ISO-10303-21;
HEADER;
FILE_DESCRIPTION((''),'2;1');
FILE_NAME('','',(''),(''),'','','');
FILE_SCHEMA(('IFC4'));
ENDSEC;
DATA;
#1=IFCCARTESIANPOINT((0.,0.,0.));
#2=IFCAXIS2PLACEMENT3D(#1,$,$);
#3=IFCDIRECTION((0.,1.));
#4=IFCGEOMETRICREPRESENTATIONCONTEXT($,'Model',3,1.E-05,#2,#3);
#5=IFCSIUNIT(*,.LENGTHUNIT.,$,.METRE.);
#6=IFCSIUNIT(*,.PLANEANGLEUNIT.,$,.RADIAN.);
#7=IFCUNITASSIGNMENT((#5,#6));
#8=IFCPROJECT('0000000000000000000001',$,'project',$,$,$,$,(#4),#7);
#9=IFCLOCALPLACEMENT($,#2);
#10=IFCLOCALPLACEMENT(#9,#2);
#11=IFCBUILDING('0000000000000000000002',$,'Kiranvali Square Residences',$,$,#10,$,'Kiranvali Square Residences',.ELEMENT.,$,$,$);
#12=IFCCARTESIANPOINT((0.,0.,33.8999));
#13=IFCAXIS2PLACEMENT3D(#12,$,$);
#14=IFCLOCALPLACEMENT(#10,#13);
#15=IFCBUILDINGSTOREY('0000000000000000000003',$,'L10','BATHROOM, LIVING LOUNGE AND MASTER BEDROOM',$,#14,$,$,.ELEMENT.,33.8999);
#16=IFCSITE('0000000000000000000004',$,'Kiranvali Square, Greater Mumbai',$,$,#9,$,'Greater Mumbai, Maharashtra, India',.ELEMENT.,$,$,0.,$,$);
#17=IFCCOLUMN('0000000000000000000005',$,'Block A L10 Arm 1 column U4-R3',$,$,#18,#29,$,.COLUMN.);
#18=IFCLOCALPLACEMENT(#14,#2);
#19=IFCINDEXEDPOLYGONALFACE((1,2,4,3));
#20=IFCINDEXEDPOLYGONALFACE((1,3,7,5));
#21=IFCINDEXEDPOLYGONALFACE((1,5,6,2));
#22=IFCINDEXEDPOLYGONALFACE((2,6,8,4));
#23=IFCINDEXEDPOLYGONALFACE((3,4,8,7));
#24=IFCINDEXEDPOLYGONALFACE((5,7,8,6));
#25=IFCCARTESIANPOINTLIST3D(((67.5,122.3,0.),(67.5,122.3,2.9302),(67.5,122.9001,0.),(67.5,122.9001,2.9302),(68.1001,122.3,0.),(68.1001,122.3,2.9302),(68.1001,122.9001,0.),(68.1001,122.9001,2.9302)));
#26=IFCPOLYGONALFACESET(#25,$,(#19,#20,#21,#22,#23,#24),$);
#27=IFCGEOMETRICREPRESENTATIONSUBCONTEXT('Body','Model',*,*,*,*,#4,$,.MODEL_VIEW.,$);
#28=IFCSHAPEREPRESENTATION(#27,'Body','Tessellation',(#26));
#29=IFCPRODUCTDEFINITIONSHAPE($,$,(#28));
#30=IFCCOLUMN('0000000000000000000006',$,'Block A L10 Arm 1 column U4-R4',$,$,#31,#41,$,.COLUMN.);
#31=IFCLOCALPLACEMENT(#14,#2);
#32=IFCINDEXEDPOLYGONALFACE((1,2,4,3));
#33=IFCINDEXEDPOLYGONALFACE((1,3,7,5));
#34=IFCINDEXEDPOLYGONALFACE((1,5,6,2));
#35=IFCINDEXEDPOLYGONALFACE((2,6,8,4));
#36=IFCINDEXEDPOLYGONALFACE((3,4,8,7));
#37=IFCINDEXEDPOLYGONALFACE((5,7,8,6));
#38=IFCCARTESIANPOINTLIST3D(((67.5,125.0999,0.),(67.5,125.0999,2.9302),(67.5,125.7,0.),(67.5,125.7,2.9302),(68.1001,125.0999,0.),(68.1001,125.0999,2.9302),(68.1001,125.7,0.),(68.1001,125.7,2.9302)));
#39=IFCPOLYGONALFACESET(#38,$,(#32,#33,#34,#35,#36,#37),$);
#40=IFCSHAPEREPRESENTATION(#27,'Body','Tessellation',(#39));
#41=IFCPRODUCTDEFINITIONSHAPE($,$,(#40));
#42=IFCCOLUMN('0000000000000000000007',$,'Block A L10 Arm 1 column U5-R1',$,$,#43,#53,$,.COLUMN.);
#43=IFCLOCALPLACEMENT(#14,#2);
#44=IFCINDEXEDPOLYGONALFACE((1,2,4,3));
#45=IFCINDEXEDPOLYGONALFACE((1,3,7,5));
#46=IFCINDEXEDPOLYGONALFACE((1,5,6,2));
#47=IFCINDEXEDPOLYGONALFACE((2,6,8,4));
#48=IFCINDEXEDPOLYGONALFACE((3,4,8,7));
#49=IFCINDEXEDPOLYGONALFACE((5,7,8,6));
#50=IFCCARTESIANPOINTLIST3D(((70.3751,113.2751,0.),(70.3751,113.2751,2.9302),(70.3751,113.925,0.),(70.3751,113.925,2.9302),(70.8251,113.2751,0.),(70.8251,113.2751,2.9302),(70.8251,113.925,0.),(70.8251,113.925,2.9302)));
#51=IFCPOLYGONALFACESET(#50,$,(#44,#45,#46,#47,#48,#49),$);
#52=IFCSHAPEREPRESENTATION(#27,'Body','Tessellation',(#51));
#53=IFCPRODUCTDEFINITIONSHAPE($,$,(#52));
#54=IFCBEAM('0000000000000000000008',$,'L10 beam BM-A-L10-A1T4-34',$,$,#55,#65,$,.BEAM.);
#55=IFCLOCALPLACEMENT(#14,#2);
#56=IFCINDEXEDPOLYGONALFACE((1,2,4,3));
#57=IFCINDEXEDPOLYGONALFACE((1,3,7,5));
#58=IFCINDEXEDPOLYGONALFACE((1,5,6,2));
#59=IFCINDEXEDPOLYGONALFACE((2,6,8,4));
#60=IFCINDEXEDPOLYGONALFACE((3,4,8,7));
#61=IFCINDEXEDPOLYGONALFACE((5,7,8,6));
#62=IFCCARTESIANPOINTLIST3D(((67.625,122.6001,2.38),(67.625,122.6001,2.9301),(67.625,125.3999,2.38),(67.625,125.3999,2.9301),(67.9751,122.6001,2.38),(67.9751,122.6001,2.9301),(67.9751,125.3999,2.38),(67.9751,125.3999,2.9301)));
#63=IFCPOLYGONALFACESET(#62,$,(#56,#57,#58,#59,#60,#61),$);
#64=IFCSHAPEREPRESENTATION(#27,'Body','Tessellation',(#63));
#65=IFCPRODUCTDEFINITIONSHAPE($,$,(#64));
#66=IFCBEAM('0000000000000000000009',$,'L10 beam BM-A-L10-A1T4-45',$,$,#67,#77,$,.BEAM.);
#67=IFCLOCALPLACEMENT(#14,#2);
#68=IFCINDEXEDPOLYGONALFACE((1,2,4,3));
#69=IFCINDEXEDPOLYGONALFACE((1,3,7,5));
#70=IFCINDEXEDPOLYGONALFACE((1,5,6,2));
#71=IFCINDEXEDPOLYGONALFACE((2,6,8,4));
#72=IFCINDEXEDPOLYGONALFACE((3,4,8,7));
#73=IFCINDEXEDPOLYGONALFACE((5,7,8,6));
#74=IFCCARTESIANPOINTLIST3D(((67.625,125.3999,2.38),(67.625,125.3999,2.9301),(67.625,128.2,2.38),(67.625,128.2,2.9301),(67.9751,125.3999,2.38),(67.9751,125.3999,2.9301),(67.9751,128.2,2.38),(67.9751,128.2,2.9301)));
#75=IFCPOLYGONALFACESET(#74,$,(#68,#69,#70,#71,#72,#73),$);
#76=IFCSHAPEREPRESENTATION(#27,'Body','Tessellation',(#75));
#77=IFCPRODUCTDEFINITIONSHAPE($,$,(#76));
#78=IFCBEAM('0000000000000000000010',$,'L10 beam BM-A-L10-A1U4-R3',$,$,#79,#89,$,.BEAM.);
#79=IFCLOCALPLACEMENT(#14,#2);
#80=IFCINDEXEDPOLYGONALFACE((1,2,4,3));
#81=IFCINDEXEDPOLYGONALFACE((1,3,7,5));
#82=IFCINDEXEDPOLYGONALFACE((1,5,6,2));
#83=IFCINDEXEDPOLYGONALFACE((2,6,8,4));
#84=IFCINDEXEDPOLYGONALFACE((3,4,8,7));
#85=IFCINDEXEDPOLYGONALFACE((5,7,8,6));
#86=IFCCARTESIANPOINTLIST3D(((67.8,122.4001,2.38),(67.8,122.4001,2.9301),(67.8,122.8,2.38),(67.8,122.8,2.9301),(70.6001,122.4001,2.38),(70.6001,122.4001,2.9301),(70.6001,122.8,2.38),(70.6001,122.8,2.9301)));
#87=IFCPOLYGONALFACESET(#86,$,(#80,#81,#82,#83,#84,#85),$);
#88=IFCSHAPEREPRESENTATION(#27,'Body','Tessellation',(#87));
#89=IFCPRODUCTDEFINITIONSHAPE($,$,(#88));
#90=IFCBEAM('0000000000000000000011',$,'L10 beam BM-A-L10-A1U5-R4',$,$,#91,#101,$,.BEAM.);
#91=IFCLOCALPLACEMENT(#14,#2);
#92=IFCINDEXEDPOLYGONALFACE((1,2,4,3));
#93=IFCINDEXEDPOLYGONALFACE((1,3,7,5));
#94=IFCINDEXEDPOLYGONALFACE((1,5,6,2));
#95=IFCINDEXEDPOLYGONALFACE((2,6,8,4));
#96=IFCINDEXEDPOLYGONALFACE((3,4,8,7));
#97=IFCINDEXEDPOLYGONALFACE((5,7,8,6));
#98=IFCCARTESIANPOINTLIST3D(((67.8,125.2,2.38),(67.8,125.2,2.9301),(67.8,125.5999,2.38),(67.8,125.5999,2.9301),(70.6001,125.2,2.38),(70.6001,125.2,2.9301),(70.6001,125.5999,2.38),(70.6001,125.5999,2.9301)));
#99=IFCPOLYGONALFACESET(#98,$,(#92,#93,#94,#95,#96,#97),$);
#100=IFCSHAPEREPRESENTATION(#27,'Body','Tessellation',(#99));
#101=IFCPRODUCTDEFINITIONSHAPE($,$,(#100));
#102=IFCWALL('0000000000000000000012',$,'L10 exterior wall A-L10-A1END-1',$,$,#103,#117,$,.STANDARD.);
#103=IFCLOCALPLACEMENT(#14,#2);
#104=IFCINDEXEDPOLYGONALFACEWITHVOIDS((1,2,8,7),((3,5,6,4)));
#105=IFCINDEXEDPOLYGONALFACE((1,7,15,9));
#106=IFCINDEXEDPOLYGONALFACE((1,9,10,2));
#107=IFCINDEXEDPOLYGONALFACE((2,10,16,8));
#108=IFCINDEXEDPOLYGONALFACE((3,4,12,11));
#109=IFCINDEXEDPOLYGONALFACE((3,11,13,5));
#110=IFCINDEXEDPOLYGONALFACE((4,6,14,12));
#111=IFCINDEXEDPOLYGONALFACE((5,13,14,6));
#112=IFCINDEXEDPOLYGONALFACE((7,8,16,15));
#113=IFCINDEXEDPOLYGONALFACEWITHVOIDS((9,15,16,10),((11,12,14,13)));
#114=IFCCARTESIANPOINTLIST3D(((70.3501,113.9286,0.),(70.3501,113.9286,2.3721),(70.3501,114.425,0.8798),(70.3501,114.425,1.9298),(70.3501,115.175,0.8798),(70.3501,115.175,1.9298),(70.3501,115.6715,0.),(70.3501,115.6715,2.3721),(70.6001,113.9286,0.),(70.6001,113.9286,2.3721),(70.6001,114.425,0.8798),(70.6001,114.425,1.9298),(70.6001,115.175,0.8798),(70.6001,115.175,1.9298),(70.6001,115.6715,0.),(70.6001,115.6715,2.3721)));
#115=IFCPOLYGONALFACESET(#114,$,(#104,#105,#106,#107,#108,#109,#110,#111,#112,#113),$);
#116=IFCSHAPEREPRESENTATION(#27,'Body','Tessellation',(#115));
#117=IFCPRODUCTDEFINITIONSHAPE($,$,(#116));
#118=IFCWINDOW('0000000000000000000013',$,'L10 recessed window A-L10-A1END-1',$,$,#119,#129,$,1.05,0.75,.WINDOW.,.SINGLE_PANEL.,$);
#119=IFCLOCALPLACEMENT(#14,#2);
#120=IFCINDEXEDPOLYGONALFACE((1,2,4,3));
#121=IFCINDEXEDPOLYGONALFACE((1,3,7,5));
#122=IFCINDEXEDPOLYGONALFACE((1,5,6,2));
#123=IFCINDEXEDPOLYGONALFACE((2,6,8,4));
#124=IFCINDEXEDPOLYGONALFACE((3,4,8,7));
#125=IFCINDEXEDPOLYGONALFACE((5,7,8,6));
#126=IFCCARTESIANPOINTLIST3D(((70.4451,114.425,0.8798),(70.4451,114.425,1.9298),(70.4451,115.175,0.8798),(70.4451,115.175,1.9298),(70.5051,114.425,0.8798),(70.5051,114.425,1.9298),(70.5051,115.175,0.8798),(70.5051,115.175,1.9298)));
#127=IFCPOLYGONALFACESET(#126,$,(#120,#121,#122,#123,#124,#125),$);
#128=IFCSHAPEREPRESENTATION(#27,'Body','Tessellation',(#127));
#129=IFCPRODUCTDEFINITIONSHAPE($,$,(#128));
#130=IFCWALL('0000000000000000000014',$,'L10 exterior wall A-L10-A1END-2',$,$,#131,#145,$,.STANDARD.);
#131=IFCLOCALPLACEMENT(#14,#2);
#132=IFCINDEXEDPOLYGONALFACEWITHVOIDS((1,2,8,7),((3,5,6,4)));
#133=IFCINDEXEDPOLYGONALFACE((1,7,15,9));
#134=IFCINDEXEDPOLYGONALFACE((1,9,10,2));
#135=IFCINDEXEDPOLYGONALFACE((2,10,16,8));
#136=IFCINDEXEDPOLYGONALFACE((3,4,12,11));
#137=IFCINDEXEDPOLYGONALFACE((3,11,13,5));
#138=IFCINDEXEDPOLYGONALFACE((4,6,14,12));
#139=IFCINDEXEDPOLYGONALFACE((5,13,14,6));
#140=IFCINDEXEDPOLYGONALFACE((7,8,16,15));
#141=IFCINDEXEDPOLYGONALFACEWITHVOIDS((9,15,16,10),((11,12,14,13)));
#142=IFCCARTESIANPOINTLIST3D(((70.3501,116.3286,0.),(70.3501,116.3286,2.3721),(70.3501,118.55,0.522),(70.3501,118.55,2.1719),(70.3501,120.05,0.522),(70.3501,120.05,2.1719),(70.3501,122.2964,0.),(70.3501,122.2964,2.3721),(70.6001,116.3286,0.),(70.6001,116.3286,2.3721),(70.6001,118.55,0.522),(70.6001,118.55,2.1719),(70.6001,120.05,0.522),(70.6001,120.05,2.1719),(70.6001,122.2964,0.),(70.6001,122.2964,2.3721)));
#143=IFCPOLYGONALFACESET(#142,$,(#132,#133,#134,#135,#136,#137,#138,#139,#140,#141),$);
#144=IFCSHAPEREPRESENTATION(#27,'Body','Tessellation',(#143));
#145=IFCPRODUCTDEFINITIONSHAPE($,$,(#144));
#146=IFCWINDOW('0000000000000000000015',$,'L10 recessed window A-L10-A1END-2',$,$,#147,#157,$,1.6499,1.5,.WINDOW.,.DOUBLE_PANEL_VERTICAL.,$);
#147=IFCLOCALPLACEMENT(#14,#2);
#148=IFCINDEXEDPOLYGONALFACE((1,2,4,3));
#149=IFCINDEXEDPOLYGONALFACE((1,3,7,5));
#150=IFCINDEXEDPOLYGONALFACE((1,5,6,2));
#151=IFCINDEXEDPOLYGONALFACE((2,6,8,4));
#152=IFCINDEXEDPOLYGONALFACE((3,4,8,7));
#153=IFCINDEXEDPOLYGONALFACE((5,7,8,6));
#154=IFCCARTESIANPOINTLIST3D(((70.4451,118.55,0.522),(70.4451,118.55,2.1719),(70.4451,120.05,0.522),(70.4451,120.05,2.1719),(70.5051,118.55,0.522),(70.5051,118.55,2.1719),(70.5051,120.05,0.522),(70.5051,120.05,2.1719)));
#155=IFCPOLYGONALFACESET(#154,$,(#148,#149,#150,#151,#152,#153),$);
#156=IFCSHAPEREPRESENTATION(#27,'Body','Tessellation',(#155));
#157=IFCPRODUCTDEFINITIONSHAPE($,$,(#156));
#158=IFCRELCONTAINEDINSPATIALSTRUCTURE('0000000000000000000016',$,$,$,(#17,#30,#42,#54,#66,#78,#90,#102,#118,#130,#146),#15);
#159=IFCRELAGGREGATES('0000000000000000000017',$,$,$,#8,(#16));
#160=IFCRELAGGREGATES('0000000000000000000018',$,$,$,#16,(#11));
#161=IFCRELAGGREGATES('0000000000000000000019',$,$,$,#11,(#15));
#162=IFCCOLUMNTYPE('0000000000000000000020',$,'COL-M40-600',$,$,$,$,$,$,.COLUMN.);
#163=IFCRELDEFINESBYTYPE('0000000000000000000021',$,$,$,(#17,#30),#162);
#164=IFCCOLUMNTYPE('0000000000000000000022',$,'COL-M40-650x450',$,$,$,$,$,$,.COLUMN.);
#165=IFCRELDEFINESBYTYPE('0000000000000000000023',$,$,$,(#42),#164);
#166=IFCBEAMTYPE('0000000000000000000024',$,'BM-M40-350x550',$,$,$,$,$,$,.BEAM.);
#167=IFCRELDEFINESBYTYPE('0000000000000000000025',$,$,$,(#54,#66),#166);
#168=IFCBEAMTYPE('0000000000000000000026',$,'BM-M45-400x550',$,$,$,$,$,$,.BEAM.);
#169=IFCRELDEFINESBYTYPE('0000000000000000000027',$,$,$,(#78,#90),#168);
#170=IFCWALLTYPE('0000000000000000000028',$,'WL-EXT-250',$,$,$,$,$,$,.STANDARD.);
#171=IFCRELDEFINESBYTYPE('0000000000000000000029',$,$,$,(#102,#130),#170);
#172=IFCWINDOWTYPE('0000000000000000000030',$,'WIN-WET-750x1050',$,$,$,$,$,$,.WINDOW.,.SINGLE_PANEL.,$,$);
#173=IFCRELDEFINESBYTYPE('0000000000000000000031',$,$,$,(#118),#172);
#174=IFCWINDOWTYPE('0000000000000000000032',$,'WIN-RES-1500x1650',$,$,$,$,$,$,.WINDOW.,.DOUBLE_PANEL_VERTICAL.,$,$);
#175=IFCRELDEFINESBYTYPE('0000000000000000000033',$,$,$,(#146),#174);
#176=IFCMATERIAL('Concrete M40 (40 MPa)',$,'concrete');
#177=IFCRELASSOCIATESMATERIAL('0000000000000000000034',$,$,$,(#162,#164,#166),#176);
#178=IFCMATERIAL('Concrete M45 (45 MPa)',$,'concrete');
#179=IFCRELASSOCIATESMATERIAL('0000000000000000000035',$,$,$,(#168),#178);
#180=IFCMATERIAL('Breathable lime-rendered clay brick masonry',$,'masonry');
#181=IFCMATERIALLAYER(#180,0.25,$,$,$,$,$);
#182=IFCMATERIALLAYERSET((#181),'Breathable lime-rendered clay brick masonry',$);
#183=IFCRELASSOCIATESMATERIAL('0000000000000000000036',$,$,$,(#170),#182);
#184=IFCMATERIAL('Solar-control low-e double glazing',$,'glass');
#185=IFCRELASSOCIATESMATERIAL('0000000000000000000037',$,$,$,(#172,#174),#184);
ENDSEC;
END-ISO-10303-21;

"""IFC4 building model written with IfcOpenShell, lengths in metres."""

from ifc_helpers import new_model, si_unit, direction, frame, frame_2d, origin, origin_2d, place, context, subcontext, project, spatial, rectangle, extrude, material, layer, layer_set, material_profile, profile_set, type_object, element, fill, save


model = new_model("IFC4")

# Units and contexts
model_context = context("Model", 3, precision=1e-05, world=origin(), true_north=direction((0.0, 1.0)))
body_context = subcontext(model_context, "Body", "Model", "MODEL_VIEW")
ifc_project = project(units=[si_unit("LENGTHUNIT", "METRE"), si_unit("PLANEANGLEUNIT", "RADIAN")], contexts=[model_context])

# Site, building, storey
site_placement = place(None, origin())
site = spatial("IfcSite", under=ifc_project, at=site_placement, Name="Kiranvali Square, Greater Mumbai", LongName="Greater Mumbai, Maharashtra, India", CompositionType="ELEMENT", RefElevation=0.0)
building_placement = place(site_placement, origin())
building = spatial("IfcBuilding", under=site, at=building_placement, Name="Kiranvali Square Residences", LongName="Kiranvali Square Residences", CompositionType="ELEMENT")
storey_placement = place(building_placement, frame((0.0, 0.0, 33.8999)))
storey = spatial("IfcBuildingStorey", under=building, at=storey_placement, Name="L10", Description="BATHROOM, LIVING LOUNGE AND MASTER BEDROOM", CompositionType="ELEMENT", Elevation=33.8999)

# Columns
ifc_material_1 = material(Name="Concrete M40 (40 MPa)", Category="concrete")
ifc_material_profile_1 = material_profile(ifc_material_1, rectangle(XDim=0.6001, YDim=0.6001, at=origin_2d()), Name="RC 600x600")
ifc_profile_set_1 = profile_set([ifc_material_profile_1], Name="Concrete M40 (40 MPa)")
column_type_1 = type_object("IfcColumnType", Name="COL-M40-600", PredefinedType="COLUMN", material=ifc_profile_set_1)
for number, where, z_axis, x_axis, name in (
    (1, (67.8, 122.6001, 0.0), (0.0, 0.0, 1.0), (1.0, 0.0, 0.0), "Block A L10 Arm 1 column U4-R3"),
    (2, (67.8, 125.3999, 0.0), (0.0, 0.0, 1.0), (1.0, 0.0, 0.0), "Block A L10 Arm 1 column U4-R4"),
):
    element("IfcColumn", number, at=place(storey_placement, frame(where, z_axis=z_axis, x_axis=x_axis)), inside=storey, type_object=column_type_1, Name=name, PredefinedType="COLUMN", context=body_context, shape_type="SweptSolid", body=[
        extrude(rectangle(XDim=0.6001, YDim=0.6001, at=origin_2d()), origin(), (0.0, 0.0, 1.0), 2.9302),
    ])
ifc_material_profile_2 = material_profile(ifc_material_1, rectangle(XDim=0.45, YDim=0.6499, at=origin_2d()), Name="RC 650x450")
ifc_profile_set_2 = profile_set([ifc_material_profile_2], Name="Concrete M40 (40 MPa)")
column_type_2 = type_object("IfcColumnType", Name="COL-M40-650x450", PredefinedType="COLUMN", material=ifc_profile_set_2)
column_placement = place(storey_placement, frame((70.6001, 113.6001, 0.0), z_axis=(0.0, 0.0, 1.0), x_axis=(1.0, 0.0, 0.0)))
element("IfcColumn", 3, at=column_placement, inside=storey, type_object=column_type_2, Name="Block A L10 Arm 1 column U5-R1", PredefinedType="COLUMN", context=body_context, shape_type="SweptSolid", body=[
    extrude(rectangle(XDim=0.45, YDim=0.6499, at=origin_2d()), origin(), (0.0, 0.0, 1.0), 2.9302),
])

# Beams
ifc_material_profile_3 = material_profile(ifc_material_1, rectangle(XDim=0.3501, YDim=0.55, at=origin_2d()), Name="RC 350x550")
ifc_profile_set_3 = profile_set([ifc_material_profile_3], Name="Concrete M40 (40 MPa)")
beam_type_1 = type_object("IfcBeamType", Name="BM-M40-350x550", PredefinedType="BEAM", material=ifc_profile_set_3)
beam_1_placement = place(storey_placement, frame((67.8, 122.6001, 2.655), z_axis=(0.0, 1.0, 0.0), x_axis=(-1.0, 0.0, 0.0)))
element("IfcBeam", 4, at=beam_1_placement, inside=storey, type_object=beam_type_1, Name="L10 beam BM-A-L10-A1T4-34", PredefinedType="BEAM", context=body_context, shape_type="SweptSolid", body=[
    extrude(rectangle(XDim=0.3501, YDim=0.55, at=origin_2d()), origin(), (0.0, 0.0, 1.0), 2.7998),
])
beam_2_placement = place(storey_placement, frame((67.8, 125.3999, 2.655), z_axis=(0.0, 1.0, 0.0), x_axis=(-1.0, 0.0, 0.0)))
element("IfcBeam", 5, at=beam_2_placement, inside=storey, type_object=beam_type_1, Name="L10 beam BM-A-L10-A1T4-45", PredefinedType="BEAM", context=body_context, shape_type="SweptSolid", body=[
    extrude(rectangle(XDim=0.3501, YDim=0.55, at=origin_2d()), origin(), (0.0, 0.0, 1.0), 2.8),
])
ifc_material_2 = material(Name="Concrete M45 (45 MPa)", Category="concrete")
ifc_material_profile_4 = material_profile(ifc_material_2, rectangle(XDim=0.3999, YDim=0.55, at=origin_2d()), Name="RC 400x550")
ifc_profile_set_4 = profile_set([ifc_material_profile_4], Name="Concrete M45 (45 MPa)")
beam_type_2 = type_object("IfcBeamType", Name="BM-M45-400x550", PredefinedType="BEAM", material=ifc_profile_set_4)
for number, where, z_axis, x_axis, name in (
    (6, (67.8, 122.6001, 2.655), (1.0, 0.0, 0.0), (0.0, 1.0, 0.0), "L10 beam BM-A-L10-A1U4-R3"),
    (7, (67.8, 125.3999, 2.655), (1.0, 0.0, 0.0), (0.0, 1.0, 0.0), "L10 beam BM-A-L10-A1U5-R4"),
):
    element("IfcBeam", number, at=place(storey_placement, frame(where, z_axis=z_axis, x_axis=x_axis)), inside=storey, type_object=beam_type_2, Name=name, PredefinedType="BEAM", context=body_context, shape_type="SweptSolid", body=[
        extrude(rectangle(XDim=0.3999, YDim=0.55, at=origin_2d()), origin(), (0.0, 0.0, 1.0), 2.8),
    ])

# Walls, openings, windows
ifc_material_3 = material(Name="Breathable lime-rendered clay brick masonry", Category="masonry")
ifc_layer_1 = layer(ifc_material_3, 0.25)
ifc_layer_set_1 = layer_set([ifc_layer_1], Name="Breathable lime-rendered clay brick masonry")
wall_type_1 = type_object("IfcWallType", Name="WL-EXT-250", PredefinedType="STANDARD", material=ifc_layer_set_1)
wall_1_placement = place(storey_placement, frame((70.4751, 113.9285, 0.0), z_axis=(0.0, 0.0, 1.0), x_axis=(0.0, 1.0, 0.0)))
wall_1 = element("IfcWall", 8, at=wall_1_placement, inside=storey, type_object=wall_type_1, Name="L10 exterior wall A-L10-A1END-1", PredefinedType="STANDARD", context=body_context, shape_type="SweptSolid", body=[
    extrude(rectangle(XDim=1.7429, YDim=0.25, at=frame_2d((0.8716, 0.0))), origin(), (0.0, 0.0, 1.0), 2.3721),
])
opening_1_placement = place(wall_1_placement, frame((0.4966, 0.0, 0.8799)))
opening_1 = element("IfcOpeningElement", 9, at=opening_1_placement, cuts=wall_1, PredefinedType="OPENING", context=body_context, shape_type="SweptSolid", body=[
    extrude(rectangle(XDim=0.75, YDim=1.05, at=frame_2d((0.375, 0.5249))), frame((0.0, 0.135, 0.0), z_axis=(0.0, -1.0, 0.0), x_axis=(1.0, 0.0, 0.0)), (0.0, 0.0, 1.0), 0.27),
])
ifc_material_4 = material(Name="Solar-control low-e double glazing", Category="glass")
window_type_1 = type_object("IfcWindowType", Name="WIN-WET-750x1050", PartitioningType="SINGLE_PANEL", PredefinedType="WINDOW", material=ifc_material_4)
window_1_placement = place(opening_1_placement, origin())
window_1 = element("IfcWindow", 10, at=window_1_placement, inside=storey, type_object=window_type_1, Name="L10 recessed window A-L10-A1END-1", OverallHeight=1.05, OverallWidth=0.75, PartitioningType="SINGLE_PANEL", PredefinedType="WINDOW", context=body_context, shape_type="SweptSolid", body=[
    extrude(rectangle(XDim=0.75, YDim=1.05, at=frame_2d((0.375, 0.5249))), frame((0.0, 0.03, 0.0), z_axis=(0.0, -1.0, 0.0), x_axis=(1.0, 0.0, 0.0)), (0.0, 0.0, 1.0), 0.0601),
])
fill(opening_1, window_1)
wall_2_placement = place(storey_placement, frame((70.4751, 116.3286, 0.0), z_axis=(0.0, 0.0, 1.0), x_axis=(0.0, 1.0, 0.0)))
wall_2 = element("IfcWall", 11, at=wall_2_placement, inside=storey, type_object=wall_type_1, Name="L10 exterior wall A-L10-A1END-2", PredefinedType="STANDARD", context=body_context, shape_type="SweptSolid", body=[
    extrude(rectangle(XDim=5.9678, YDim=0.25, at=frame_2d((2.9839, 0.0))), origin(), (0.0, 0.0, 1.0), 2.3721),
])
opening_2_placement = place(wall_2_placement, frame((2.2214, 0.0, 0.522)))
opening_2 = element("IfcOpeningElement", 12, at=opening_2_placement, cuts=wall_2, PredefinedType="OPENING", context=body_context, shape_type="SweptSolid", body=[
    extrude(rectangle(XDim=1.5, YDim=1.6499, at=frame_2d((0.75, 0.825))), frame((0.0, 0.135, 0.0), z_axis=(0.0, -1.0, 0.0), x_axis=(1.0, 0.0, 0.0)), (0.0, 0.0, 1.0), 0.27),
])
window_type_2 = type_object("IfcWindowType", Name="WIN-RES-1500x1650", PartitioningType="DOUBLE_PANEL_VERTICAL", PredefinedType="WINDOW", material=ifc_material_4)
window_2_placement = place(opening_2_placement, origin())
window_2 = element("IfcWindow", 13, at=window_2_placement, inside=storey, type_object=window_type_2, Name="L10 recessed window A-L10-A1END-2", OverallHeight=1.6499, OverallWidth=1.5, PartitioningType="DOUBLE_PANEL_VERTICAL", PredefinedType="WINDOW", context=body_context, shape_type="SweptSolid", body=[
    extrude(rectangle(XDim=1.5, YDim=1.6499, at=frame_2d((0.75, 0.825))), frame((0.0, 0.03, 0.0), z_axis=(0.0, -1.0, 0.0), x_axis=(1.0, 0.0, 0.0)), (0.0, 0.0, 1.0), 0.0601),
])
fill(opening_2, window_2)

save(model, "model.ifc")
